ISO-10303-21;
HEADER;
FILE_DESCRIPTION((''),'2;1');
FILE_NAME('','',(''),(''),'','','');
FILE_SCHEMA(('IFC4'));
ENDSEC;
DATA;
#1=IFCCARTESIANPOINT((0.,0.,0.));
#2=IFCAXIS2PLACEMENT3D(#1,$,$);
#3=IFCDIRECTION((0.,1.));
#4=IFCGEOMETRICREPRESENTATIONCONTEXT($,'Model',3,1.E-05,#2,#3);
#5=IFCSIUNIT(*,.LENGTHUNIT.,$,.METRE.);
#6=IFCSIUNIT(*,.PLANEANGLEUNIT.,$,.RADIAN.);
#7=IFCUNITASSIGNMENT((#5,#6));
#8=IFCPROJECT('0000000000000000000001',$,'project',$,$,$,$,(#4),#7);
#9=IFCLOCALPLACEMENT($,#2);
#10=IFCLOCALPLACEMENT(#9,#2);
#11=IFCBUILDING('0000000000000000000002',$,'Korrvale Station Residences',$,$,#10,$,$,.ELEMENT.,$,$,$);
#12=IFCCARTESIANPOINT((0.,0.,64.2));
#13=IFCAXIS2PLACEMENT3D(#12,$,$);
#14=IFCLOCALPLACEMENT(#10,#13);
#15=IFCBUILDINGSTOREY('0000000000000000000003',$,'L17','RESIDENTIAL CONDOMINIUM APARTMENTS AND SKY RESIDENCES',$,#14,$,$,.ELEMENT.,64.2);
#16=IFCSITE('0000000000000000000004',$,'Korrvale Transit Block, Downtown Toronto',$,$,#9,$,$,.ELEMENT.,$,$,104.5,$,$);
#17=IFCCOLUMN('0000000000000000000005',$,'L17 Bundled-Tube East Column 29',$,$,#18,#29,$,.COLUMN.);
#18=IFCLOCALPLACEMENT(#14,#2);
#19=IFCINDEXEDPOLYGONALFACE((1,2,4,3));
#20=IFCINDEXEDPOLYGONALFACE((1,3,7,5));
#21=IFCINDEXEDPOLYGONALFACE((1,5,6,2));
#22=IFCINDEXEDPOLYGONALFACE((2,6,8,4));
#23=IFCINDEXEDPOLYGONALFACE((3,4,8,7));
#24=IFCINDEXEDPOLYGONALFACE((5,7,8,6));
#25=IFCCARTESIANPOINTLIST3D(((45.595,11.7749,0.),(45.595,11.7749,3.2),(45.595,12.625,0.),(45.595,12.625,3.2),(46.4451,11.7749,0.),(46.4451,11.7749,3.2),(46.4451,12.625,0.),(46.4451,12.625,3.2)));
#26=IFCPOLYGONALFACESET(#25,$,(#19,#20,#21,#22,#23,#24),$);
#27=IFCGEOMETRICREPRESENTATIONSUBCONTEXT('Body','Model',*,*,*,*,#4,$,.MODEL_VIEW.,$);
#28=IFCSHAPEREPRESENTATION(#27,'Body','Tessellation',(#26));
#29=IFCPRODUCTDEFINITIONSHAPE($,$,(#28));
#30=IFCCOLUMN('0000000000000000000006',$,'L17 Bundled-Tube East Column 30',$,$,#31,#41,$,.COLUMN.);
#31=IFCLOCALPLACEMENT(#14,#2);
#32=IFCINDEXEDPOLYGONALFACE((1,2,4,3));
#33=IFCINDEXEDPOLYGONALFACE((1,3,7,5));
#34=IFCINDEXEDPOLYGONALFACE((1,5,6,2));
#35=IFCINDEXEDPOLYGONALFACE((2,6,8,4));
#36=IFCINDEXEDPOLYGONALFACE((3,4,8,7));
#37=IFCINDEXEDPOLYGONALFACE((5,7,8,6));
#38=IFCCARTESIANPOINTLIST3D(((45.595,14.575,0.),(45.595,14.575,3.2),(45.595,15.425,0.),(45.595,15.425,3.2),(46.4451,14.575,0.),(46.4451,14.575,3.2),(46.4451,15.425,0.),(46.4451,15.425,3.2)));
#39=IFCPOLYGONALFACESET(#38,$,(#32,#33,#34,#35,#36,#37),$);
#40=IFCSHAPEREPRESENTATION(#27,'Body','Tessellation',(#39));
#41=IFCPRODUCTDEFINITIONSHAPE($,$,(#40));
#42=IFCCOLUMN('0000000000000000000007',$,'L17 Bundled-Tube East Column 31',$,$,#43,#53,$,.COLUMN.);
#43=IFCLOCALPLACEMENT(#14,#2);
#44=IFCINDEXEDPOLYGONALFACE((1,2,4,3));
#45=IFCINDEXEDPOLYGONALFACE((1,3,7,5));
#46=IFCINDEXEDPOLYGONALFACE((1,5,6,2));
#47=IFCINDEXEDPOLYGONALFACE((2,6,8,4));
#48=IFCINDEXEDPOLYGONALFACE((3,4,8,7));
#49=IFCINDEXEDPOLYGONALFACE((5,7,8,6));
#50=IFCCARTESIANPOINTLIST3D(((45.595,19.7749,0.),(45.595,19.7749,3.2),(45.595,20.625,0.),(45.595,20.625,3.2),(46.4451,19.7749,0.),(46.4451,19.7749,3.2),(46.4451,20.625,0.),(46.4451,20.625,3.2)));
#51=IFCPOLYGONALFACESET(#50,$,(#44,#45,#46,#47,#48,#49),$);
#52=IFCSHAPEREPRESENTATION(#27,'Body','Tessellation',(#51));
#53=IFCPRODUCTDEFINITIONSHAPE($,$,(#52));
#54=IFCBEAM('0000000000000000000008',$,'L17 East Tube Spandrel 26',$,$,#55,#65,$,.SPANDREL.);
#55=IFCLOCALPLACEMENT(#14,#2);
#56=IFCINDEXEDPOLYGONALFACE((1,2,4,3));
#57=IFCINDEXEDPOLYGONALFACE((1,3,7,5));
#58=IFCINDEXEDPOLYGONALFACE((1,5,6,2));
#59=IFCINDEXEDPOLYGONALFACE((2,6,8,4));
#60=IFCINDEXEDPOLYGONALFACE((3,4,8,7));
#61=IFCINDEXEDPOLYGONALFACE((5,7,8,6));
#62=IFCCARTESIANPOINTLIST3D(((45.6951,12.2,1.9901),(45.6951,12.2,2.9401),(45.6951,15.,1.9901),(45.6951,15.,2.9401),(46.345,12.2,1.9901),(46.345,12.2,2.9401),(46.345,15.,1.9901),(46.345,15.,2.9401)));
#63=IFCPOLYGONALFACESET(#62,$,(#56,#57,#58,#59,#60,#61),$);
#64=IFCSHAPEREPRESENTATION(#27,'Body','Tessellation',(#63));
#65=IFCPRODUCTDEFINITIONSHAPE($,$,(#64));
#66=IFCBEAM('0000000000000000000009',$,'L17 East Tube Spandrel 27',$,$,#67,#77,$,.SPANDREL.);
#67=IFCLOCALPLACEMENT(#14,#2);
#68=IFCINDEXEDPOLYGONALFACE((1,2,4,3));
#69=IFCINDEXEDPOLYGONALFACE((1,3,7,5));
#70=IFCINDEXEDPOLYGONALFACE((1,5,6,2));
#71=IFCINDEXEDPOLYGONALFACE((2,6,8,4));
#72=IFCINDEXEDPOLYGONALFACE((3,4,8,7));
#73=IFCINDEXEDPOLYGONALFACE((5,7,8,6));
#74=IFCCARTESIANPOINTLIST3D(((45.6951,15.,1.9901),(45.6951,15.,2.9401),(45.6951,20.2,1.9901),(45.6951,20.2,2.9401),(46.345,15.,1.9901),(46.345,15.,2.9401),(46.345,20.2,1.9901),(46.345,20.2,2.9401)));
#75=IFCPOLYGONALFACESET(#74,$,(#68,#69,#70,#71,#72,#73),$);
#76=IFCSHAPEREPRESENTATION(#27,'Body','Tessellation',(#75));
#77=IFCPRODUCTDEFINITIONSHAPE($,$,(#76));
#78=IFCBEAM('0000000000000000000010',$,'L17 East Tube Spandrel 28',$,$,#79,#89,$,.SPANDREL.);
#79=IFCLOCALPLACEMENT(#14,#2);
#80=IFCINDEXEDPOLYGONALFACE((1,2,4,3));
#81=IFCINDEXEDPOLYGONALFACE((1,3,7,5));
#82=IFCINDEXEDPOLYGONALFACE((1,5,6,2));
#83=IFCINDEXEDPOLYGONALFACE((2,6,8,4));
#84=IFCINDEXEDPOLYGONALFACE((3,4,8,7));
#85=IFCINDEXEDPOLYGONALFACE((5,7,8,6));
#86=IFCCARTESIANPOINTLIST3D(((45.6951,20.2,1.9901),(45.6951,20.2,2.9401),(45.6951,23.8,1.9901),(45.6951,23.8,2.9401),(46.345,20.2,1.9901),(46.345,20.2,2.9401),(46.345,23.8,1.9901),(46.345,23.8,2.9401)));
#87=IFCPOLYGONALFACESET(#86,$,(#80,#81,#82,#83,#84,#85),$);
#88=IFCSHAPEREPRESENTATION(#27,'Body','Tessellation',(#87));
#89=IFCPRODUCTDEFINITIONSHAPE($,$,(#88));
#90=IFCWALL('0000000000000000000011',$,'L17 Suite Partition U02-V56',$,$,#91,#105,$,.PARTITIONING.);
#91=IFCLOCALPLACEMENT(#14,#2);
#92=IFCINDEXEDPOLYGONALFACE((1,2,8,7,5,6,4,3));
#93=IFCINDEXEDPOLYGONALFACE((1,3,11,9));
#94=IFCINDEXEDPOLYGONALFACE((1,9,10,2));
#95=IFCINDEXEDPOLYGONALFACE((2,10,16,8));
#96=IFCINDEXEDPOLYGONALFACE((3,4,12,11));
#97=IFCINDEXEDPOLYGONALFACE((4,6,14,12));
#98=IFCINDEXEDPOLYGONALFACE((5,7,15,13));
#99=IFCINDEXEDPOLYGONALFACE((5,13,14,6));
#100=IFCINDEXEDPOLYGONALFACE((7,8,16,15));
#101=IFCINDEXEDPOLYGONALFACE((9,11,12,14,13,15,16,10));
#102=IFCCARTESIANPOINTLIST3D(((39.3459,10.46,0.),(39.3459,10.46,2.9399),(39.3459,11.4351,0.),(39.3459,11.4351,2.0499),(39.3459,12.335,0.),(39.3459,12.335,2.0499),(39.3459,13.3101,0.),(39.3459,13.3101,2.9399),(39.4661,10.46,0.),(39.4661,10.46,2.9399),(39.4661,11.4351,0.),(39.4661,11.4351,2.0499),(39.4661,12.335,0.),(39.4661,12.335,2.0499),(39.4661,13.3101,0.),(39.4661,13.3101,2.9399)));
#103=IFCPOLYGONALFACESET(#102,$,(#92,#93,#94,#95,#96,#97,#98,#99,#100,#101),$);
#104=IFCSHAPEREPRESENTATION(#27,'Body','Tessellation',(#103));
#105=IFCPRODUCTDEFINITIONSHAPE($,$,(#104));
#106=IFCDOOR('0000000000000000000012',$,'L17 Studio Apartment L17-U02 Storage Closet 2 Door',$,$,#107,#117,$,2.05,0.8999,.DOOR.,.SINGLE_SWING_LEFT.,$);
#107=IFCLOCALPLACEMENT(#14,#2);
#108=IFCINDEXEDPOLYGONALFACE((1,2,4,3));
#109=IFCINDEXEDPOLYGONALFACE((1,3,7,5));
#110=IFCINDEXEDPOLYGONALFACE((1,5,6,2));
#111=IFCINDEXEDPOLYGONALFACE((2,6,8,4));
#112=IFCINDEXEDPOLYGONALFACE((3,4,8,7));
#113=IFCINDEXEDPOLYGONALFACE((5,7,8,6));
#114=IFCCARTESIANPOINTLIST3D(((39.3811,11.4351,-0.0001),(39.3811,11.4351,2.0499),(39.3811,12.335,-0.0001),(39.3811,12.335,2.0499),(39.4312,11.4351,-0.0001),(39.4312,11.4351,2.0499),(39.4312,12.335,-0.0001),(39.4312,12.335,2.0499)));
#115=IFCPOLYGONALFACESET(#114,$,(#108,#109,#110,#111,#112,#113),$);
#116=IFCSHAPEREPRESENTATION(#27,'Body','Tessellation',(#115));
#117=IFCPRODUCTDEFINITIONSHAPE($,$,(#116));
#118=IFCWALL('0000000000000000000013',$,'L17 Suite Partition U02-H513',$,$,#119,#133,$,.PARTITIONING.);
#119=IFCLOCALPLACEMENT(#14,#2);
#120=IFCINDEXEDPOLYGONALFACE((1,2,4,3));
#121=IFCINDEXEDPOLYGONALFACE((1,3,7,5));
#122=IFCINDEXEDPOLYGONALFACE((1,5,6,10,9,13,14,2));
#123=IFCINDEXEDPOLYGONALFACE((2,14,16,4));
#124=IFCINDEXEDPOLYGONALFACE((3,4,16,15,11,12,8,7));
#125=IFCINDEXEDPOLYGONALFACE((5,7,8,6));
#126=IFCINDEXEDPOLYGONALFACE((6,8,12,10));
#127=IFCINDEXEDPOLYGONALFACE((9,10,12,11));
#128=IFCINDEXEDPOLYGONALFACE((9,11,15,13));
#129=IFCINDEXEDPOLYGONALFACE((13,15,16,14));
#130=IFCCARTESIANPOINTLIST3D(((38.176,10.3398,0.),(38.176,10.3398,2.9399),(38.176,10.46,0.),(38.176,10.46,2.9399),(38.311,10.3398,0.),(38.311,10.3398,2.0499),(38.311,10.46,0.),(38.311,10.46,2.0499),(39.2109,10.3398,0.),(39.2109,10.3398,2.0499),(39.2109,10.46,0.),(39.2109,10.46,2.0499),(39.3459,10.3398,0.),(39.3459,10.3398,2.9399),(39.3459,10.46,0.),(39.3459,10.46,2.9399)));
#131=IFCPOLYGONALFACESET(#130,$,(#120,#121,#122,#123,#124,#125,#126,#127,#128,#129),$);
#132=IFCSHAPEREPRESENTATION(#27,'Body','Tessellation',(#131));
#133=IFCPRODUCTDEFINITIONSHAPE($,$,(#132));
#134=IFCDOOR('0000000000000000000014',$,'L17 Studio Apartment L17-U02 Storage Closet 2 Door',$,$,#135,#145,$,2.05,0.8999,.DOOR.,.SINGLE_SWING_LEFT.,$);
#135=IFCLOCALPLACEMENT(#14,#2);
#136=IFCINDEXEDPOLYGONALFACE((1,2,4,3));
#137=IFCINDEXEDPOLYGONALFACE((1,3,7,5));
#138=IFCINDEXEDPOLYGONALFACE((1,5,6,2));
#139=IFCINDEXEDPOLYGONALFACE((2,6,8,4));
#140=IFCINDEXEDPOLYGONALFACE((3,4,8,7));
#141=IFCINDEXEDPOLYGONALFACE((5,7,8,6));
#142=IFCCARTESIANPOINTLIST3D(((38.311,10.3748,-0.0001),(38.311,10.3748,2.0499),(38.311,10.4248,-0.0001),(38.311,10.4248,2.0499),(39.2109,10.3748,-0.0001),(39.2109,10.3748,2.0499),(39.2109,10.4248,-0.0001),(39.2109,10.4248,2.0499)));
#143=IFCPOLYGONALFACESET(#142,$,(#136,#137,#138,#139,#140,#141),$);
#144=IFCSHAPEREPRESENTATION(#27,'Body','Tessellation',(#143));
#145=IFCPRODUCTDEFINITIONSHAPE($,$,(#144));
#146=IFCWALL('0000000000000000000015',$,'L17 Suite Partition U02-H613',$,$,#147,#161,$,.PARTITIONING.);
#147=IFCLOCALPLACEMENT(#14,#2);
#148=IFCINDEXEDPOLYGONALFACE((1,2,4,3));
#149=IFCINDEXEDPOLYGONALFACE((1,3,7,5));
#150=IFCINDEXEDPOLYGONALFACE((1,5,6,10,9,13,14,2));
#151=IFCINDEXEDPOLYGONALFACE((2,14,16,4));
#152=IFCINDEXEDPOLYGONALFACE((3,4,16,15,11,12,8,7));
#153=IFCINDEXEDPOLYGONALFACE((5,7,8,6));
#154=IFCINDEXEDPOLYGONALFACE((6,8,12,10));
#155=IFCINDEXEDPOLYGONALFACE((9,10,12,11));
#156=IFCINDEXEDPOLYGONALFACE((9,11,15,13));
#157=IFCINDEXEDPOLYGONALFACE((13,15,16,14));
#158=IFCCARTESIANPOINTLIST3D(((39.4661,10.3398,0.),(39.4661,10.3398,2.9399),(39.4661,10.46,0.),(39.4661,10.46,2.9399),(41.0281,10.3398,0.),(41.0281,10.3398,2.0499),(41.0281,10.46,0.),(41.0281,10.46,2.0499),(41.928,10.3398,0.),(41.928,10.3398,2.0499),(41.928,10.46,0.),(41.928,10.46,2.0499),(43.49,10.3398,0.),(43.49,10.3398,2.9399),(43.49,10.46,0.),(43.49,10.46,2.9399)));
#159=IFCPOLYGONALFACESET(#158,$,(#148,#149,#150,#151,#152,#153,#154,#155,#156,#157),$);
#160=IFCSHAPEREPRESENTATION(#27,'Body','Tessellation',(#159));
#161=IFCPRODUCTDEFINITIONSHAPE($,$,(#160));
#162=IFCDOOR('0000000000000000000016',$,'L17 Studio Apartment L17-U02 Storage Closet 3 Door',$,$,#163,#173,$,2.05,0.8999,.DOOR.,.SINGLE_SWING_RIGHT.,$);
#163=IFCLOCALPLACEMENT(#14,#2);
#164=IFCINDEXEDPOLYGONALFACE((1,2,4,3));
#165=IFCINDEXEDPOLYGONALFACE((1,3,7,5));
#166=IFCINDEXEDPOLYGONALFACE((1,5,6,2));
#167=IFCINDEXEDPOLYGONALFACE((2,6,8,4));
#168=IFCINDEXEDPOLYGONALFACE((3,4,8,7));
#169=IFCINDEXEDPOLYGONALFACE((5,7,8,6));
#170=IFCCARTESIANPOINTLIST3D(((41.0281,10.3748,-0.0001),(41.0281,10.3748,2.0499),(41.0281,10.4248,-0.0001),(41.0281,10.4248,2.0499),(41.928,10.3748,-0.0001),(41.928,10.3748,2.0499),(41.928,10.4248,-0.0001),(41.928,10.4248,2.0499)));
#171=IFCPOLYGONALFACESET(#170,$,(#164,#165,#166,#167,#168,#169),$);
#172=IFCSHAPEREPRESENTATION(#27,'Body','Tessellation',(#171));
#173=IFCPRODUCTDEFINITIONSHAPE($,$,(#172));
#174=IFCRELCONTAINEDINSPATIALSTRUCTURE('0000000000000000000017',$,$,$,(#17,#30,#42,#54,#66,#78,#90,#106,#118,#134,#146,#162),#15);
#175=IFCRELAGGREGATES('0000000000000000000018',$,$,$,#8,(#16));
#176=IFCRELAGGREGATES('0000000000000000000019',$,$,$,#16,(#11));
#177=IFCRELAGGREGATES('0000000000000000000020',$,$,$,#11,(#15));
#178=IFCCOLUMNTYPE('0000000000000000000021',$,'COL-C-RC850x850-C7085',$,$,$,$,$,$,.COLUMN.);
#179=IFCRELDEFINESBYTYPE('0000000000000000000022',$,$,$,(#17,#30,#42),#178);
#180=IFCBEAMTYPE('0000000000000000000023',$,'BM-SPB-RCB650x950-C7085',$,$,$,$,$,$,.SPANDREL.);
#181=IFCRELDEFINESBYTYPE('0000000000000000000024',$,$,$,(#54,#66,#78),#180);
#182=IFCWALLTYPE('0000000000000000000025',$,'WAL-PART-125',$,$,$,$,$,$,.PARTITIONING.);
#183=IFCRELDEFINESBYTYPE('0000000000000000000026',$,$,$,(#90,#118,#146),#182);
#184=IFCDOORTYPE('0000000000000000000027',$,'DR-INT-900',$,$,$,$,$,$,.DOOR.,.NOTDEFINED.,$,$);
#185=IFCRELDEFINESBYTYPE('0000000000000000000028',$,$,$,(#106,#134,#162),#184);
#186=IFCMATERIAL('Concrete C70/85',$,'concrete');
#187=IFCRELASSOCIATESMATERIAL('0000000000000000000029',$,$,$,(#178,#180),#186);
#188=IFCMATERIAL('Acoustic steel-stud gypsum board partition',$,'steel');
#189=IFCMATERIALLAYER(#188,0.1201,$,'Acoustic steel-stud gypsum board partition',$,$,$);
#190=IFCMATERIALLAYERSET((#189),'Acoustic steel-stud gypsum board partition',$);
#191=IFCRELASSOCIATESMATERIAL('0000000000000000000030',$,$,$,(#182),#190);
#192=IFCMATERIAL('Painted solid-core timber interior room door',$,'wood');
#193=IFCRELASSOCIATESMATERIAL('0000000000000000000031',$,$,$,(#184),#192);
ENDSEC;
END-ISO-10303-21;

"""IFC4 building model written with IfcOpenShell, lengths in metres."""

from ifc_helpers import new_model, si_unit, direction, frame, frame_2d, origin, origin_2d, place, context, subcontext, project, spatial, rectangle, extrude, material, layer, layer_set, material_profile, profile_set, type_object, element, fill, save


model = new_model("IFC4")

# Units and contexts
model_context = context("Model", 3, precision=1e-05, world=origin(), true_north=direction((0.0, 1.0)))
body_context = subcontext(model_context, "Body", "Model", "MODEL_VIEW")
ifc_project = project(units=[si_unit("LENGTHUNIT", "METRE"), si_unit("PLANEANGLEUNIT", "RADIAN")], contexts=[model_context])

# Site, building, storey
site_placement = place(None, origin())
site = spatial("IfcSite", under=ifc_project, at=site_placement, Name="Korrvale Transit Block, Downtown Toronto", CompositionType="ELEMENT", RefElevation=104.5)
building_placement = place(site_placement, origin())
building = spatial("IfcBuilding", under=site, at=building_placement, Name="Korrvale Station Residences", CompositionType="ELEMENT")
storey_placement = place(building_placement, frame((0.0, 0.0, 64.2)))
storey = spatial("IfcBuildingStorey", under=building, at=storey_placement, Name="L17", Description="RESIDENTIAL CONDOMINIUM APARTMENTS AND SKY RESIDENCES", CompositionType="ELEMENT", Elevation=64.2)

# Columns
ifc_material_1 = material(Name="Concrete C70/85", Category="concrete")
ifc_material_profile_1 = material_profile(ifc_material_1, rectangle(XDim=0.8501, YDim=0.8501, at=origin_2d()), Name="RC850x850")
ifc_profile_set_1 = profile_set([ifc_material_profile_1], Name="Concrete C70/85")
column_type = type_object("IfcColumnType", Name="COL-C-RC850x850-C7085", PredefinedType="COLUMN", material=ifc_profile_set_1)
for number, where, z_axis, x_axis, name in (
    (1, (46.02, 12.2, 0.0), (0.0, 0.0, 1.0), (1.0, 0.0, 0.0), "L17 Bundled-Tube East Column 29"),
    (2, (46.02, 15.0, 0.0), (0.0, 0.0, 1.0), (1.0, 0.0, 0.0), "L17 Bundled-Tube East Column 30"),
    (3, (46.02, 20.2, 0.0), (0.0, 0.0, 1.0), (1.0, 0.0, 0.0), "L17 Bundled-Tube East Column 31"),
):
    element("IfcColumn", number, at=place(storey_placement, frame(where, z_axis=z_axis, x_axis=x_axis)), inside=storey, type_object=column_type, Name=name, PredefinedType="COLUMN", context=body_context, shape_type="SweptSolid", body=[
        extrude(rectangle(XDim=0.8501, YDim=0.8501, at=origin_2d()), origin(), (0.0, 0.0, 1.0), 3.2),
    ])

# Beams
ifc_material_profile_2 = material_profile(ifc_material_1, rectangle(XDim=0.6499, YDim=0.95, at=origin_2d()), Name="RCB650x950")
ifc_profile_set_2 = profile_set([ifc_material_profile_2], Name="Concrete C70/85")
beam_type = type_object("IfcBeamType", Name="BM-SPB-RCB650x950-C7085", PredefinedType="SPANDREL", material=ifc_profile_set_2)
beam_1_placement = place(storey_placement, frame((46.02, 12.2, 2.4651), z_axis=(0.0, 1.0, 0.0), x_axis=(-1.0, 0.0, 0.0)))
element("IfcBeam", 4, at=beam_1_placement, inside=storey, type_object=beam_type, Name="L17 East Tube Spandrel 26", PredefinedType="SPANDREL", context=body_context, shape_type="SweptSolid", body=[
    extrude(rectangle(XDim=0.6499, YDim=0.95, at=origin_2d()), origin(), (0.0, 0.0, 1.0), 2.8),
])
beam_2_placement = place(storey_placement, frame((46.02, 15.0, 2.4651), z_axis=(0.0, 1.0, 0.0), x_axis=(-1.0, 0.0, 0.0)))
element("IfcBeam", 5, at=beam_2_placement, inside=storey, type_object=beam_type, Name="L17 East Tube Spandrel 27", PredefinedType="SPANDREL", context=body_context, shape_type="SweptSolid", body=[
    extrude(rectangle(XDim=0.6499, YDim=0.95, at=origin_2d()), origin(), (0.0, 0.0, 1.0), 5.2),
])
beam_3_placement = place(storey_placement, frame((46.02, 20.2, 2.4651), z_axis=(0.0, 1.0, 0.0), x_axis=(-1.0, 0.0, 0.0)))
element("IfcBeam", 6, at=beam_3_placement, inside=storey, type_object=beam_type, Name="L17 East Tube Spandrel 28", PredefinedType="SPANDREL", context=body_context, shape_type="SweptSolid", body=[
    extrude(rectangle(XDim=0.6499, YDim=0.95, at=origin_2d()), origin(), (0.0, 0.0, 1.0), 3.6001),
])

# Walls, openings, doors
ifc_material_2 = material(Name="Acoustic steel-stud gypsum board partition", Category="steel")
ifc_layer_1 = layer(ifc_material_2, 0.1201, Name="Acoustic steel-stud gypsum board partition")
ifc_layer_set_1 = layer_set([ifc_layer_1], Name="Acoustic steel-stud gypsum board partition")
wall_type_1 = type_object("IfcWallType", Name="WAL-PART-125", PredefinedType="PARTITIONING", material=ifc_layer_set_1)
wall_1_placement = place(storey_placement, frame((39.406, 10.46, 0.0), z_axis=(0.0, 0.0, 1.0), x_axis=(0.0, 1.0, 0.0)))
wall_1 = element("IfcWall", 7, at=wall_1_placement, inside=storey, type_object=wall_type_1, Name="L17 Suite Partition U02-V56", PredefinedType="PARTITIONING", context=body_context, shape_type="SweptSolid", body=[
    extrude(rectangle(XDim=2.8501, YDim=0.1201, at=frame_2d((1.425, 0.0))), origin(), (0.0, 0.0, 1.0), 2.9399),
])
opening_1_placement = place(wall_1_placement, frame((0.9751, 0.0, 0.0)))
opening_1 = element("IfcOpeningElement", 8, at=opening_1_placement, cuts=wall_1, PredefinedType="OPENING", context=body_context, shape_type="SweptSolid", body=[
    extrude(rectangle(XDim=0.8999, YDim=2.05, at=frame_2d((0.45, 1.0249))), frame((0.0, 0.0701, 0.0), z_axis=(0.0, -1.0, 0.0), x_axis=(1.0, 0.0, 0.0)), (0.0, 0.0, 1.0), 0.1401),
])
ifc_material_3 = material(Name="Painted solid-core timber interior room door", Category="wood")
door_type = type_object("IfcDoorType", Name="DR-INT-900", OperationType="NOTDEFINED", PredefinedType="DOOR", material=ifc_material_3)
door_1_placement = place(opening_1_placement, origin())
door_1 = element("IfcDoor", 9, at=door_1_placement, inside=storey, type_object=door_type, Name="L17 Studio Apartment L17-U02 Storage Closet 2 Door", OperationType="SINGLE_SWING_LEFT", OverallHeight=2.05, OverallWidth=0.8999, PredefinedType="DOOR", context=body_context, shape_type="SweptSolid", body=[
    extrude(rectangle(XDim=0.8999, YDim=2.05, at=frame_2d((0.45, 1.0249))), frame((0.0, 0.0249, 0.0), z_axis=(0.0, -1.0, 0.0), x_axis=(1.0, 0.0, 0.0)), (0.0, 0.0, 1.0), 0.05),
])
fill(opening_1, door_1)
wall_2_placement = place(storey_placement, frame((38.176, 10.3999, 0.0), z_axis=(0.0, 0.0, 1.0), x_axis=(1.0, 0.0, 0.0)))
wall_2 = element("IfcWall", 10, at=wall_2_placement, inside=storey, type_object=wall_type_1, Name="L17 Suite Partition U02-H513", PredefinedType="PARTITIONING", context=body_context, shape_type="SweptSolid", body=[
    extrude(rectangle(XDim=1.1699, YDim=0.1201, at=frame_2d((0.585, 0.0))), origin(), (0.0, 0.0, 1.0), 2.9399),
])
opening_2_placement = place(wall_2_placement, frame((0.135, 0.0, 0.0)))
opening_2 = element("IfcOpeningElement", 11, at=opening_2_placement, cuts=wall_2, PredefinedType="OPENING", context=body_context, shape_type="SweptSolid", body=[
    extrude(rectangle(XDim=0.8999, YDim=2.05, at=frame_2d((0.45, 1.0249))), frame((0.0, 0.0701, 0.0), z_axis=(0.0, -1.0, 0.0), x_axis=(1.0, 0.0, 0.0)), (0.0, 0.0, 1.0), 0.1401),
])
door_2_placement = place(opening_2_placement, origin())
door_2 = element("IfcDoor", 12, at=door_2_placement, inside=storey, type_object=door_type, Name="L17 Studio Apartment L17-U02 Storage Closet 2 Door", OperationType="SINGLE_SWING_LEFT", OverallHeight=2.05, OverallWidth=0.8999, PredefinedType="DOOR", context=body_context, shape_type="SweptSolid", body=[
    extrude(rectangle(XDim=0.8999, YDim=2.05, at=frame_2d((0.45, 1.0249))), frame((0.0, 0.0249, 0.0), z_axis=(0.0, -1.0, 0.0), x_axis=(1.0, 0.0, 0.0)), (0.0, 0.0, 1.0), 0.05),
])
fill(opening_2, door_2)
wall_3_placement = place(storey_placement, frame((39.4661, 10.3999, 0.0), z_axis=(0.0, 0.0, 1.0), x_axis=(1.0, 0.0, 0.0)))
wall_3 = element("IfcWall", 13, at=wall_3_placement, inside=storey, type_object=wall_type_1, Name="L17 Suite Partition U02-H613", PredefinedType="PARTITIONING", context=body_context, shape_type="SweptSolid", body=[
    extrude(rectangle(XDim=4.0239, YDim=0.1201, at=frame_2d((2.012, 0.0))), origin(), (0.0, 0.0, 1.0), 2.9399),
])
opening_3_placement = place(wall_3_placement, frame((1.562, 0.0, 0.0)))
opening_3 = element("IfcOpeningElement", 14, at=opening_3_placement, cuts=wall_3, PredefinedType="OPENING", context=body_context, shape_type="SweptSolid", body=[
    extrude(rectangle(XDim=0.8999, YDim=2.05, at=frame_2d((0.45, 1.0249))), frame((0.0, 0.0701, 0.0), z_axis=(0.0, -1.0, 0.0), x_axis=(1.0, 0.0, 0.0)), (0.0, 0.0, 1.0), 0.1401),
])
door_3_placement = place(opening_3_placement, origin())
door_3 = element("IfcDoor", 15, at=door_3_placement, inside=storey, type_object=door_type, Name="L17 Studio Apartment L17-U02 Storage Closet 3 Door", OperationType="SINGLE_SWING_RIGHT", OverallHeight=2.05, OverallWidth=0.8999, PredefinedType="DOOR", context=body_context, shape_type="SweptSolid", body=[
    extrude(rectangle(XDim=0.8999, YDim=2.05, at=frame_2d((0.45, 1.0249))), frame((0.0, 0.0249, 0.0), z_axis=(0.0, -1.0, 0.0), x_axis=(1.0, 0.0, 0.0)), (0.0, 0.0, 1.0), 0.05),
])
fill(opening_3, door_3)

save(model, "model.ifc")
